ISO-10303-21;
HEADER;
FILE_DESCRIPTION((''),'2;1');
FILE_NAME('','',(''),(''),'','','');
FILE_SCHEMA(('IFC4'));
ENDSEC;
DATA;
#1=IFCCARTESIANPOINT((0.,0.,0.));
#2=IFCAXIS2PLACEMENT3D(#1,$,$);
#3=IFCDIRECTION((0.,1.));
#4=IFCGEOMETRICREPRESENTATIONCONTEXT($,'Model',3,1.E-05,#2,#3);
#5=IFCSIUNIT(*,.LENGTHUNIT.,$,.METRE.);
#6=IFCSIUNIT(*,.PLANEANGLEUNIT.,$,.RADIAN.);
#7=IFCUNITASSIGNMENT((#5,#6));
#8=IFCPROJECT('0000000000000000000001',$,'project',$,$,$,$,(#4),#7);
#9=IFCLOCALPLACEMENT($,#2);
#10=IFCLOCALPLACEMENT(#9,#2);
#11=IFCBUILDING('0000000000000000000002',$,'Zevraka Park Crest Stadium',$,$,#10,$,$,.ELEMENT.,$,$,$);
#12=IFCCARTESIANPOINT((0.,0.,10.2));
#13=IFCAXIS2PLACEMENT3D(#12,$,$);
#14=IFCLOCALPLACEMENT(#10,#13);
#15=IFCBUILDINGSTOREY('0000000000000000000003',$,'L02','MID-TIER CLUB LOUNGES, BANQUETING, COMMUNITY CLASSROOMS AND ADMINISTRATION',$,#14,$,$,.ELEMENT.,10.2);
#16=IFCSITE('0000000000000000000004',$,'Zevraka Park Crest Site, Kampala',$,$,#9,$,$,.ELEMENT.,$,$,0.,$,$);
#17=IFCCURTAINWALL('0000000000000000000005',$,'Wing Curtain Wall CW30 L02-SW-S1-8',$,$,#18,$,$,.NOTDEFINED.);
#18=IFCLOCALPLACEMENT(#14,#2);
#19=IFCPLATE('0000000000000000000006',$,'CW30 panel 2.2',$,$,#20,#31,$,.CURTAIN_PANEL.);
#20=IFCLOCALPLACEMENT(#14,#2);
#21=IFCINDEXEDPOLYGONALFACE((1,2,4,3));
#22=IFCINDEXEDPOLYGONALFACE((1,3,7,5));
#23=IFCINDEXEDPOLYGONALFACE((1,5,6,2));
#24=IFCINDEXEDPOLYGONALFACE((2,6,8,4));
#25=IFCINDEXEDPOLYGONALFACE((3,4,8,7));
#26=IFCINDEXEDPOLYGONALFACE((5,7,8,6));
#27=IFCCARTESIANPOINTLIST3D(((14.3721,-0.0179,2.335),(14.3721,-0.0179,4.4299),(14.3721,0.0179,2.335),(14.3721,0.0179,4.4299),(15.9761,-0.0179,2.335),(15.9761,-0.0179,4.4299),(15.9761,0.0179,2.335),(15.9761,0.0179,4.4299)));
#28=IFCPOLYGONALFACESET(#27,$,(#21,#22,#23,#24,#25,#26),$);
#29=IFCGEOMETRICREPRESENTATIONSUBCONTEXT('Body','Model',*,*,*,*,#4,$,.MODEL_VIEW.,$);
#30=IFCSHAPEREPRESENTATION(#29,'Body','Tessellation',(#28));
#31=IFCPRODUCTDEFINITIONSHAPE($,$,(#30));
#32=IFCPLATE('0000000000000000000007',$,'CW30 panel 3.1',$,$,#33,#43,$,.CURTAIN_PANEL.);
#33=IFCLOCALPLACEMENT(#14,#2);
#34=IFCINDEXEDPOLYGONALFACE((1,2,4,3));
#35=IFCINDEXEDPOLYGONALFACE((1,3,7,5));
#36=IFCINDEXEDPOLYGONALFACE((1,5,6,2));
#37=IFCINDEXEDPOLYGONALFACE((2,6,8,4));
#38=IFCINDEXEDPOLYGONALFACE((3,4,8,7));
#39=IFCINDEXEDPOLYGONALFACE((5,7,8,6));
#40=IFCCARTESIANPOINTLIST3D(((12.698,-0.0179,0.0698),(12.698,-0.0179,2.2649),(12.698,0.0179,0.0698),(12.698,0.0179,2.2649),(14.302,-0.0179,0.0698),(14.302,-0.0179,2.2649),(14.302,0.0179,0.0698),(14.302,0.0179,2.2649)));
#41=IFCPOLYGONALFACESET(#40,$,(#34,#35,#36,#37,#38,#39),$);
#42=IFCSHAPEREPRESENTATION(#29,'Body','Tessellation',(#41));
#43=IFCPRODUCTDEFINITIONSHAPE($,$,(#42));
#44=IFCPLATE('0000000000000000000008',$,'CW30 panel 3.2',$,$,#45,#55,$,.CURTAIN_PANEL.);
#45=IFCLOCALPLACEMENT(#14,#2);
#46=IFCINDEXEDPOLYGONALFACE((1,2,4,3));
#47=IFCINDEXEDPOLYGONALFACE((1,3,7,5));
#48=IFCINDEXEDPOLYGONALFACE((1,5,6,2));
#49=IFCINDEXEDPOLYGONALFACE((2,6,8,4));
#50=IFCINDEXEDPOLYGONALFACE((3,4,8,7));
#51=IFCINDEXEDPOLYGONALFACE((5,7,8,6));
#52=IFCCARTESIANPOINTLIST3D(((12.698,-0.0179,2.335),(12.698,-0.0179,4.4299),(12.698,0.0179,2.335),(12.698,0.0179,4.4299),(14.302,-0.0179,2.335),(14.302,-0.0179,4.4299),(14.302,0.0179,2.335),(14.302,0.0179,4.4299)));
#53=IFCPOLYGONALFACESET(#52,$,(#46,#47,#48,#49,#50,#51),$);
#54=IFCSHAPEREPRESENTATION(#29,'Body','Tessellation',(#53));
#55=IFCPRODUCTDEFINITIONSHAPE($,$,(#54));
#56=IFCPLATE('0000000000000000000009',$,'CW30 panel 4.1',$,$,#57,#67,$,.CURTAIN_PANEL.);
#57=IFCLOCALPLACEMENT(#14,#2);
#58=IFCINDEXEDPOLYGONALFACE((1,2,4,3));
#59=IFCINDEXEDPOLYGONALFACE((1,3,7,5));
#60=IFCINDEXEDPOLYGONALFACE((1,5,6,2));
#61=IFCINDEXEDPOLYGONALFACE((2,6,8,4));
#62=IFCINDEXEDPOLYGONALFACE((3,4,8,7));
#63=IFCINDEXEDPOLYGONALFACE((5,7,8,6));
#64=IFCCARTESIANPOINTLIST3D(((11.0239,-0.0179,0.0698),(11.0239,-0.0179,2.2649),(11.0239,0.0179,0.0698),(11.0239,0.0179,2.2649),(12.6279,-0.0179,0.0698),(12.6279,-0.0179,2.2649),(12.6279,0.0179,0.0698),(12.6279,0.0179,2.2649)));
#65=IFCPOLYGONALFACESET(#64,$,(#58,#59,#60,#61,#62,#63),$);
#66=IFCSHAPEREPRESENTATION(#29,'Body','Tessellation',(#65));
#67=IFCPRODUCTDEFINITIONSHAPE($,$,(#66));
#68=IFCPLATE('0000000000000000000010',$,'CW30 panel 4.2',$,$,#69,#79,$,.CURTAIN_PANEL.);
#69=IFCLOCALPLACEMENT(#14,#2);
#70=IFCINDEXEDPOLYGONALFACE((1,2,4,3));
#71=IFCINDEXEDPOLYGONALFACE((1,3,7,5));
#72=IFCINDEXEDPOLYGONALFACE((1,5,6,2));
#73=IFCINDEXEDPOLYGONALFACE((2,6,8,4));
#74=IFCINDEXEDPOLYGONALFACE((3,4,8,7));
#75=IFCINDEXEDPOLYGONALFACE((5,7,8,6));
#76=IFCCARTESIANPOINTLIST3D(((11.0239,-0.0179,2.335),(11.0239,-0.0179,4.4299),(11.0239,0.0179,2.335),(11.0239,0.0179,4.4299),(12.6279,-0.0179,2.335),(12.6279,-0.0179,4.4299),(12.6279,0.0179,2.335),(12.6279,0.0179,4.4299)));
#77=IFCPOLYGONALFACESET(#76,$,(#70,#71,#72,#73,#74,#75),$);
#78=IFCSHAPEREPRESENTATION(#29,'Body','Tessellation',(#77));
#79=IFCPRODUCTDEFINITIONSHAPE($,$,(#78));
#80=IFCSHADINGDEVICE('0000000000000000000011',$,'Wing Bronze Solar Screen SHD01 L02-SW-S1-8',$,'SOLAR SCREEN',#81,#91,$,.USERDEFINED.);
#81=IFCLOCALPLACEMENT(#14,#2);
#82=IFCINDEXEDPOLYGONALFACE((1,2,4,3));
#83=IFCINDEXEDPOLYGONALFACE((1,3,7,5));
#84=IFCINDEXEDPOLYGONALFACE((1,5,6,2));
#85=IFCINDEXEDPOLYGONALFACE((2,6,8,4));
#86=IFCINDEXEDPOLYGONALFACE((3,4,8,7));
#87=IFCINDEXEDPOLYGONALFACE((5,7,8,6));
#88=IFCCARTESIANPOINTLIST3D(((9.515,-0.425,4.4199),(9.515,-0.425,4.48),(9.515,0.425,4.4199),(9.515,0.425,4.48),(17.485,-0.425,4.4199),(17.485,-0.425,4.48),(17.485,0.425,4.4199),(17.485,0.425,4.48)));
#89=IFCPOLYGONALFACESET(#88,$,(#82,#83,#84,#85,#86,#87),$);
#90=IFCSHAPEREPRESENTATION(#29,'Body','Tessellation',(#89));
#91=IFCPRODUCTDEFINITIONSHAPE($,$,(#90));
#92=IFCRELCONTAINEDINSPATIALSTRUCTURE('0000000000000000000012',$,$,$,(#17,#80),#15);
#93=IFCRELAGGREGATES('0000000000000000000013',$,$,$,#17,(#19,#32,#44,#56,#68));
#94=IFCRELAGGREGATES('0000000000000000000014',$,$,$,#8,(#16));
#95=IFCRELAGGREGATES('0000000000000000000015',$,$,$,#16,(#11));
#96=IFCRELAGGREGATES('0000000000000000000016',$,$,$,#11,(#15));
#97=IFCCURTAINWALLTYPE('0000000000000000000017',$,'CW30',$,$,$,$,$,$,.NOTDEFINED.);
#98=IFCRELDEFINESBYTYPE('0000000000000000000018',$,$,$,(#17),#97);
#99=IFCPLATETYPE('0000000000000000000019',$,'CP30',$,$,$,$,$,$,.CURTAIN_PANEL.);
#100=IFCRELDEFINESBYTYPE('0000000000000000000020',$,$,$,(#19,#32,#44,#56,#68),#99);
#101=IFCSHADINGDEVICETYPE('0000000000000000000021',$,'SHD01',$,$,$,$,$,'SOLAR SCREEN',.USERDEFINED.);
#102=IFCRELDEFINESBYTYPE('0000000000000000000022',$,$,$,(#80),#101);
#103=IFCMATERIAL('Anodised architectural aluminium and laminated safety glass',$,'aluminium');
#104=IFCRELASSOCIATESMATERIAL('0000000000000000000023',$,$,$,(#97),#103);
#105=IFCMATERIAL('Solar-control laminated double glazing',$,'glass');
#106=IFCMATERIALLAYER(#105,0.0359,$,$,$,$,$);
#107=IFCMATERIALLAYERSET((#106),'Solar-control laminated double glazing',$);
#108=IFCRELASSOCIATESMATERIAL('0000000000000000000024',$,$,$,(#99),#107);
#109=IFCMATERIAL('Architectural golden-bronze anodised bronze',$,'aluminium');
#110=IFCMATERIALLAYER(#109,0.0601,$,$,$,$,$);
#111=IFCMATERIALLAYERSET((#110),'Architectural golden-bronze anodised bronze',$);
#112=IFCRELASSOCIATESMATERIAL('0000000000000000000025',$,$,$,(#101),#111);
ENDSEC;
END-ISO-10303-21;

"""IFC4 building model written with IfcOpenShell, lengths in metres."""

from ifc_helpers import new_model, si_unit, direction, frame, origin, origin_2d, place, context, subcontext, project, spatial, rectangle, extrude, material, layer, layer_set, type_object, element, aggregate, save


model = new_model("IFC4")

# Units and contexts
model_context = context("Model", 3, precision=1e-05, world=origin(), true_north=direction((0.0, 1.0)))
body_context = subcontext(model_context, "Body", "Model", "MODEL_VIEW")
ifc_project = project(units=[si_unit("LENGTHUNIT", "METRE"), si_unit("PLANEANGLEUNIT", "RADIAN")], contexts=[model_context])

# Site, building, storey
site_placement = place(None, origin())
site = spatial("IfcSite", under=ifc_project, at=site_placement, Name="Zevraka Park Crest Site, Kampala", CompositionType="ELEMENT", RefElevation=0.0)
building_placement = place(site_placement, origin())
building = spatial("IfcBuilding", under=site, at=building_placement, Name="Zevraka Park Crest Stadium", CompositionType="ELEMENT")
storey_placement = place(building_placement, frame((0.0, 0.0, 10.2)))
storey = spatial("IfcBuildingStorey", under=building, at=storey_placement, Name="L02", Description="MID-TIER CLUB LOUNGES, BANQUETING, COMMUNITY CLASSROOMS AND ADMINISTRATION", CompositionType="ELEMENT", Elevation=10.2)

# Curtain wall, plates
ifc_material_1 = material(Name="Anodised architectural aluminium and laminated safety glass", Category="aluminium")
curtain_wall_type = type_object("IfcCurtainWallType", Name="CW30", PredefinedType="NOTDEFINED", material=ifc_material_1)
curtain_wall_placement = place(storey_placement, origin())
curtain_wall = element("IfcCurtainWall", 1, at=curtain_wall_placement, inside=storey, type_object=curtain_wall_type, Name="Wing Curtain Wall CW30 L02-SW-S1-8", PredefinedType="NOTDEFINED")
ifc_material_2 = material(Name="Solar-control laminated double glazing", Category="glass")
ifc_layer_1 = layer(ifc_material_2, 0.0359)
ifc_layer_set_1 = layer_set([ifc_layer_1], Name="Solar-control laminated double glazing")
plate_type = type_object("IfcPlateType", Name="CP30", PredefinedType="CURTAIN_PANEL", material=ifc_layer_set_1)
plate_1_placement = place(storey_placement, frame((15.1741, 0.0, 2.335), z_axis=(0.0, 0.0, 1.0), x_axis=(-1.0, 0.0, 0.0)))
plate_1 = element("IfcPlate", 2, at=plate_1_placement, type_object=plate_type, Name="CW30 panel 2.2", PredefinedType="CURTAIN_PANEL", context=body_context, shape_type="SweptSolid", body=[
    extrude(rectangle(XDim=1.604, YDim=0.0359, at=origin_2d()), origin(), (0.0, 0.0, 1.0), 2.095),
])
plate_2_placement = place(storey_placement, frame((13.5, 0.0, 0.0698), z_axis=(0.0, 0.0, 1.0), x_axis=(-1.0, 0.0, 0.0)))
plate_2 = element("IfcPlate", 3, at=plate_2_placement, type_object=plate_type, Name="CW30 panel 3.1", PredefinedType="CURTAIN_PANEL", context=body_context, shape_type="SweptSolid", body=[
    extrude(rectangle(XDim=1.604, YDim=0.0359, at=origin_2d()), origin(), (0.0, 0.0, 1.0), 2.1951),
])
plate_3_placement = place(storey_placement, frame((13.5, 0.0, 2.335), z_axis=(0.0, 0.0, 1.0), x_axis=(-1.0, 0.0, 0.0)))
plate_3 = element("IfcPlate", 4, at=plate_3_placement, type_object=plate_type, Name="CW30 panel 3.2", PredefinedType="CURTAIN_PANEL", context=body_context, shape_type="SweptSolid", body=[
    extrude(rectangle(XDim=1.604, YDim=0.0359, at=origin_2d()), origin(), (0.0, 0.0, 1.0), 2.095),
])
plate_4_placement = place(storey_placement, frame((11.8259, 0.0, 0.0698), z_axis=(0.0, 0.0, 1.0), x_axis=(-1.0, 0.0, 0.0)))
plate_4 = element("IfcPlate", 5, at=plate_4_placement, type_object=plate_type, Name="CW30 panel 4.1", PredefinedType="CURTAIN_PANEL", context=body_context, shape_type="SweptSolid", body=[
    extrude(rectangle(XDim=1.604, YDim=0.0359, at=origin_2d()), origin(), (0.0, 0.0, 1.0), 2.1951),
])
plate_5_placement = place(storey_placement, frame((11.8259, 0.0, 2.335), z_axis=(0.0, 0.0, 1.0), x_axis=(-1.0, 0.0, 0.0)))
plate_5 = element("IfcPlate", 6, at=plate_5_placement, type_object=plate_type, Name="CW30 panel 4.2", PredefinedType="CURTAIN_PANEL", context=body_context, shape_type="SweptSolid", body=[
    extrude(rectangle(XDim=1.604, YDim=0.0359, at=origin_2d()), origin(), (0.0, 0.0, 1.0), 2.095),
])
aggregate(curtain_wall, [plate_1, plate_2, plate_3, plate_4, plate_5])

# Shading device
ifc_material_3 = material(Name="Architectural golden-bronze anodised bronze", Category="aluminium")
ifc_layer_2 = layer(ifc_material_3, 0.0601)
ifc_layer_set_2 = layer_set([ifc_layer_2], Name="Architectural golden-bronze anodised bronze")
shading_device_type = type_object("IfcShadingDeviceType", Name="SHD01", ElementType="SOLAR SCREEN", PredefinedType="USERDEFINED", material=ifc_layer_set_2)
shading_device_placement = place(storey_placement, frame((13.5, 0.0, 4.4199), z_axis=(0.0, 0.0, 1.0), x_axis=(-1.0, 0.0, 0.0)))
element("IfcShadingDevice", 7, at=shading_device_placement, inside=storey, type_object=shading_device_type, Name="Wing Bronze Solar Screen SHD01 L02-SW-S1-8", ObjectType="SOLAR SCREEN", PredefinedType="USERDEFINED", context=body_context, shape_type="SweptSolid", body=[
    extrude(rectangle(XDim=7.97, YDim=0.8501, at=origin_2d()), origin(), (0.0, 0.0, 1.0), 0.0601),
])

save(model, "model.ifc")
